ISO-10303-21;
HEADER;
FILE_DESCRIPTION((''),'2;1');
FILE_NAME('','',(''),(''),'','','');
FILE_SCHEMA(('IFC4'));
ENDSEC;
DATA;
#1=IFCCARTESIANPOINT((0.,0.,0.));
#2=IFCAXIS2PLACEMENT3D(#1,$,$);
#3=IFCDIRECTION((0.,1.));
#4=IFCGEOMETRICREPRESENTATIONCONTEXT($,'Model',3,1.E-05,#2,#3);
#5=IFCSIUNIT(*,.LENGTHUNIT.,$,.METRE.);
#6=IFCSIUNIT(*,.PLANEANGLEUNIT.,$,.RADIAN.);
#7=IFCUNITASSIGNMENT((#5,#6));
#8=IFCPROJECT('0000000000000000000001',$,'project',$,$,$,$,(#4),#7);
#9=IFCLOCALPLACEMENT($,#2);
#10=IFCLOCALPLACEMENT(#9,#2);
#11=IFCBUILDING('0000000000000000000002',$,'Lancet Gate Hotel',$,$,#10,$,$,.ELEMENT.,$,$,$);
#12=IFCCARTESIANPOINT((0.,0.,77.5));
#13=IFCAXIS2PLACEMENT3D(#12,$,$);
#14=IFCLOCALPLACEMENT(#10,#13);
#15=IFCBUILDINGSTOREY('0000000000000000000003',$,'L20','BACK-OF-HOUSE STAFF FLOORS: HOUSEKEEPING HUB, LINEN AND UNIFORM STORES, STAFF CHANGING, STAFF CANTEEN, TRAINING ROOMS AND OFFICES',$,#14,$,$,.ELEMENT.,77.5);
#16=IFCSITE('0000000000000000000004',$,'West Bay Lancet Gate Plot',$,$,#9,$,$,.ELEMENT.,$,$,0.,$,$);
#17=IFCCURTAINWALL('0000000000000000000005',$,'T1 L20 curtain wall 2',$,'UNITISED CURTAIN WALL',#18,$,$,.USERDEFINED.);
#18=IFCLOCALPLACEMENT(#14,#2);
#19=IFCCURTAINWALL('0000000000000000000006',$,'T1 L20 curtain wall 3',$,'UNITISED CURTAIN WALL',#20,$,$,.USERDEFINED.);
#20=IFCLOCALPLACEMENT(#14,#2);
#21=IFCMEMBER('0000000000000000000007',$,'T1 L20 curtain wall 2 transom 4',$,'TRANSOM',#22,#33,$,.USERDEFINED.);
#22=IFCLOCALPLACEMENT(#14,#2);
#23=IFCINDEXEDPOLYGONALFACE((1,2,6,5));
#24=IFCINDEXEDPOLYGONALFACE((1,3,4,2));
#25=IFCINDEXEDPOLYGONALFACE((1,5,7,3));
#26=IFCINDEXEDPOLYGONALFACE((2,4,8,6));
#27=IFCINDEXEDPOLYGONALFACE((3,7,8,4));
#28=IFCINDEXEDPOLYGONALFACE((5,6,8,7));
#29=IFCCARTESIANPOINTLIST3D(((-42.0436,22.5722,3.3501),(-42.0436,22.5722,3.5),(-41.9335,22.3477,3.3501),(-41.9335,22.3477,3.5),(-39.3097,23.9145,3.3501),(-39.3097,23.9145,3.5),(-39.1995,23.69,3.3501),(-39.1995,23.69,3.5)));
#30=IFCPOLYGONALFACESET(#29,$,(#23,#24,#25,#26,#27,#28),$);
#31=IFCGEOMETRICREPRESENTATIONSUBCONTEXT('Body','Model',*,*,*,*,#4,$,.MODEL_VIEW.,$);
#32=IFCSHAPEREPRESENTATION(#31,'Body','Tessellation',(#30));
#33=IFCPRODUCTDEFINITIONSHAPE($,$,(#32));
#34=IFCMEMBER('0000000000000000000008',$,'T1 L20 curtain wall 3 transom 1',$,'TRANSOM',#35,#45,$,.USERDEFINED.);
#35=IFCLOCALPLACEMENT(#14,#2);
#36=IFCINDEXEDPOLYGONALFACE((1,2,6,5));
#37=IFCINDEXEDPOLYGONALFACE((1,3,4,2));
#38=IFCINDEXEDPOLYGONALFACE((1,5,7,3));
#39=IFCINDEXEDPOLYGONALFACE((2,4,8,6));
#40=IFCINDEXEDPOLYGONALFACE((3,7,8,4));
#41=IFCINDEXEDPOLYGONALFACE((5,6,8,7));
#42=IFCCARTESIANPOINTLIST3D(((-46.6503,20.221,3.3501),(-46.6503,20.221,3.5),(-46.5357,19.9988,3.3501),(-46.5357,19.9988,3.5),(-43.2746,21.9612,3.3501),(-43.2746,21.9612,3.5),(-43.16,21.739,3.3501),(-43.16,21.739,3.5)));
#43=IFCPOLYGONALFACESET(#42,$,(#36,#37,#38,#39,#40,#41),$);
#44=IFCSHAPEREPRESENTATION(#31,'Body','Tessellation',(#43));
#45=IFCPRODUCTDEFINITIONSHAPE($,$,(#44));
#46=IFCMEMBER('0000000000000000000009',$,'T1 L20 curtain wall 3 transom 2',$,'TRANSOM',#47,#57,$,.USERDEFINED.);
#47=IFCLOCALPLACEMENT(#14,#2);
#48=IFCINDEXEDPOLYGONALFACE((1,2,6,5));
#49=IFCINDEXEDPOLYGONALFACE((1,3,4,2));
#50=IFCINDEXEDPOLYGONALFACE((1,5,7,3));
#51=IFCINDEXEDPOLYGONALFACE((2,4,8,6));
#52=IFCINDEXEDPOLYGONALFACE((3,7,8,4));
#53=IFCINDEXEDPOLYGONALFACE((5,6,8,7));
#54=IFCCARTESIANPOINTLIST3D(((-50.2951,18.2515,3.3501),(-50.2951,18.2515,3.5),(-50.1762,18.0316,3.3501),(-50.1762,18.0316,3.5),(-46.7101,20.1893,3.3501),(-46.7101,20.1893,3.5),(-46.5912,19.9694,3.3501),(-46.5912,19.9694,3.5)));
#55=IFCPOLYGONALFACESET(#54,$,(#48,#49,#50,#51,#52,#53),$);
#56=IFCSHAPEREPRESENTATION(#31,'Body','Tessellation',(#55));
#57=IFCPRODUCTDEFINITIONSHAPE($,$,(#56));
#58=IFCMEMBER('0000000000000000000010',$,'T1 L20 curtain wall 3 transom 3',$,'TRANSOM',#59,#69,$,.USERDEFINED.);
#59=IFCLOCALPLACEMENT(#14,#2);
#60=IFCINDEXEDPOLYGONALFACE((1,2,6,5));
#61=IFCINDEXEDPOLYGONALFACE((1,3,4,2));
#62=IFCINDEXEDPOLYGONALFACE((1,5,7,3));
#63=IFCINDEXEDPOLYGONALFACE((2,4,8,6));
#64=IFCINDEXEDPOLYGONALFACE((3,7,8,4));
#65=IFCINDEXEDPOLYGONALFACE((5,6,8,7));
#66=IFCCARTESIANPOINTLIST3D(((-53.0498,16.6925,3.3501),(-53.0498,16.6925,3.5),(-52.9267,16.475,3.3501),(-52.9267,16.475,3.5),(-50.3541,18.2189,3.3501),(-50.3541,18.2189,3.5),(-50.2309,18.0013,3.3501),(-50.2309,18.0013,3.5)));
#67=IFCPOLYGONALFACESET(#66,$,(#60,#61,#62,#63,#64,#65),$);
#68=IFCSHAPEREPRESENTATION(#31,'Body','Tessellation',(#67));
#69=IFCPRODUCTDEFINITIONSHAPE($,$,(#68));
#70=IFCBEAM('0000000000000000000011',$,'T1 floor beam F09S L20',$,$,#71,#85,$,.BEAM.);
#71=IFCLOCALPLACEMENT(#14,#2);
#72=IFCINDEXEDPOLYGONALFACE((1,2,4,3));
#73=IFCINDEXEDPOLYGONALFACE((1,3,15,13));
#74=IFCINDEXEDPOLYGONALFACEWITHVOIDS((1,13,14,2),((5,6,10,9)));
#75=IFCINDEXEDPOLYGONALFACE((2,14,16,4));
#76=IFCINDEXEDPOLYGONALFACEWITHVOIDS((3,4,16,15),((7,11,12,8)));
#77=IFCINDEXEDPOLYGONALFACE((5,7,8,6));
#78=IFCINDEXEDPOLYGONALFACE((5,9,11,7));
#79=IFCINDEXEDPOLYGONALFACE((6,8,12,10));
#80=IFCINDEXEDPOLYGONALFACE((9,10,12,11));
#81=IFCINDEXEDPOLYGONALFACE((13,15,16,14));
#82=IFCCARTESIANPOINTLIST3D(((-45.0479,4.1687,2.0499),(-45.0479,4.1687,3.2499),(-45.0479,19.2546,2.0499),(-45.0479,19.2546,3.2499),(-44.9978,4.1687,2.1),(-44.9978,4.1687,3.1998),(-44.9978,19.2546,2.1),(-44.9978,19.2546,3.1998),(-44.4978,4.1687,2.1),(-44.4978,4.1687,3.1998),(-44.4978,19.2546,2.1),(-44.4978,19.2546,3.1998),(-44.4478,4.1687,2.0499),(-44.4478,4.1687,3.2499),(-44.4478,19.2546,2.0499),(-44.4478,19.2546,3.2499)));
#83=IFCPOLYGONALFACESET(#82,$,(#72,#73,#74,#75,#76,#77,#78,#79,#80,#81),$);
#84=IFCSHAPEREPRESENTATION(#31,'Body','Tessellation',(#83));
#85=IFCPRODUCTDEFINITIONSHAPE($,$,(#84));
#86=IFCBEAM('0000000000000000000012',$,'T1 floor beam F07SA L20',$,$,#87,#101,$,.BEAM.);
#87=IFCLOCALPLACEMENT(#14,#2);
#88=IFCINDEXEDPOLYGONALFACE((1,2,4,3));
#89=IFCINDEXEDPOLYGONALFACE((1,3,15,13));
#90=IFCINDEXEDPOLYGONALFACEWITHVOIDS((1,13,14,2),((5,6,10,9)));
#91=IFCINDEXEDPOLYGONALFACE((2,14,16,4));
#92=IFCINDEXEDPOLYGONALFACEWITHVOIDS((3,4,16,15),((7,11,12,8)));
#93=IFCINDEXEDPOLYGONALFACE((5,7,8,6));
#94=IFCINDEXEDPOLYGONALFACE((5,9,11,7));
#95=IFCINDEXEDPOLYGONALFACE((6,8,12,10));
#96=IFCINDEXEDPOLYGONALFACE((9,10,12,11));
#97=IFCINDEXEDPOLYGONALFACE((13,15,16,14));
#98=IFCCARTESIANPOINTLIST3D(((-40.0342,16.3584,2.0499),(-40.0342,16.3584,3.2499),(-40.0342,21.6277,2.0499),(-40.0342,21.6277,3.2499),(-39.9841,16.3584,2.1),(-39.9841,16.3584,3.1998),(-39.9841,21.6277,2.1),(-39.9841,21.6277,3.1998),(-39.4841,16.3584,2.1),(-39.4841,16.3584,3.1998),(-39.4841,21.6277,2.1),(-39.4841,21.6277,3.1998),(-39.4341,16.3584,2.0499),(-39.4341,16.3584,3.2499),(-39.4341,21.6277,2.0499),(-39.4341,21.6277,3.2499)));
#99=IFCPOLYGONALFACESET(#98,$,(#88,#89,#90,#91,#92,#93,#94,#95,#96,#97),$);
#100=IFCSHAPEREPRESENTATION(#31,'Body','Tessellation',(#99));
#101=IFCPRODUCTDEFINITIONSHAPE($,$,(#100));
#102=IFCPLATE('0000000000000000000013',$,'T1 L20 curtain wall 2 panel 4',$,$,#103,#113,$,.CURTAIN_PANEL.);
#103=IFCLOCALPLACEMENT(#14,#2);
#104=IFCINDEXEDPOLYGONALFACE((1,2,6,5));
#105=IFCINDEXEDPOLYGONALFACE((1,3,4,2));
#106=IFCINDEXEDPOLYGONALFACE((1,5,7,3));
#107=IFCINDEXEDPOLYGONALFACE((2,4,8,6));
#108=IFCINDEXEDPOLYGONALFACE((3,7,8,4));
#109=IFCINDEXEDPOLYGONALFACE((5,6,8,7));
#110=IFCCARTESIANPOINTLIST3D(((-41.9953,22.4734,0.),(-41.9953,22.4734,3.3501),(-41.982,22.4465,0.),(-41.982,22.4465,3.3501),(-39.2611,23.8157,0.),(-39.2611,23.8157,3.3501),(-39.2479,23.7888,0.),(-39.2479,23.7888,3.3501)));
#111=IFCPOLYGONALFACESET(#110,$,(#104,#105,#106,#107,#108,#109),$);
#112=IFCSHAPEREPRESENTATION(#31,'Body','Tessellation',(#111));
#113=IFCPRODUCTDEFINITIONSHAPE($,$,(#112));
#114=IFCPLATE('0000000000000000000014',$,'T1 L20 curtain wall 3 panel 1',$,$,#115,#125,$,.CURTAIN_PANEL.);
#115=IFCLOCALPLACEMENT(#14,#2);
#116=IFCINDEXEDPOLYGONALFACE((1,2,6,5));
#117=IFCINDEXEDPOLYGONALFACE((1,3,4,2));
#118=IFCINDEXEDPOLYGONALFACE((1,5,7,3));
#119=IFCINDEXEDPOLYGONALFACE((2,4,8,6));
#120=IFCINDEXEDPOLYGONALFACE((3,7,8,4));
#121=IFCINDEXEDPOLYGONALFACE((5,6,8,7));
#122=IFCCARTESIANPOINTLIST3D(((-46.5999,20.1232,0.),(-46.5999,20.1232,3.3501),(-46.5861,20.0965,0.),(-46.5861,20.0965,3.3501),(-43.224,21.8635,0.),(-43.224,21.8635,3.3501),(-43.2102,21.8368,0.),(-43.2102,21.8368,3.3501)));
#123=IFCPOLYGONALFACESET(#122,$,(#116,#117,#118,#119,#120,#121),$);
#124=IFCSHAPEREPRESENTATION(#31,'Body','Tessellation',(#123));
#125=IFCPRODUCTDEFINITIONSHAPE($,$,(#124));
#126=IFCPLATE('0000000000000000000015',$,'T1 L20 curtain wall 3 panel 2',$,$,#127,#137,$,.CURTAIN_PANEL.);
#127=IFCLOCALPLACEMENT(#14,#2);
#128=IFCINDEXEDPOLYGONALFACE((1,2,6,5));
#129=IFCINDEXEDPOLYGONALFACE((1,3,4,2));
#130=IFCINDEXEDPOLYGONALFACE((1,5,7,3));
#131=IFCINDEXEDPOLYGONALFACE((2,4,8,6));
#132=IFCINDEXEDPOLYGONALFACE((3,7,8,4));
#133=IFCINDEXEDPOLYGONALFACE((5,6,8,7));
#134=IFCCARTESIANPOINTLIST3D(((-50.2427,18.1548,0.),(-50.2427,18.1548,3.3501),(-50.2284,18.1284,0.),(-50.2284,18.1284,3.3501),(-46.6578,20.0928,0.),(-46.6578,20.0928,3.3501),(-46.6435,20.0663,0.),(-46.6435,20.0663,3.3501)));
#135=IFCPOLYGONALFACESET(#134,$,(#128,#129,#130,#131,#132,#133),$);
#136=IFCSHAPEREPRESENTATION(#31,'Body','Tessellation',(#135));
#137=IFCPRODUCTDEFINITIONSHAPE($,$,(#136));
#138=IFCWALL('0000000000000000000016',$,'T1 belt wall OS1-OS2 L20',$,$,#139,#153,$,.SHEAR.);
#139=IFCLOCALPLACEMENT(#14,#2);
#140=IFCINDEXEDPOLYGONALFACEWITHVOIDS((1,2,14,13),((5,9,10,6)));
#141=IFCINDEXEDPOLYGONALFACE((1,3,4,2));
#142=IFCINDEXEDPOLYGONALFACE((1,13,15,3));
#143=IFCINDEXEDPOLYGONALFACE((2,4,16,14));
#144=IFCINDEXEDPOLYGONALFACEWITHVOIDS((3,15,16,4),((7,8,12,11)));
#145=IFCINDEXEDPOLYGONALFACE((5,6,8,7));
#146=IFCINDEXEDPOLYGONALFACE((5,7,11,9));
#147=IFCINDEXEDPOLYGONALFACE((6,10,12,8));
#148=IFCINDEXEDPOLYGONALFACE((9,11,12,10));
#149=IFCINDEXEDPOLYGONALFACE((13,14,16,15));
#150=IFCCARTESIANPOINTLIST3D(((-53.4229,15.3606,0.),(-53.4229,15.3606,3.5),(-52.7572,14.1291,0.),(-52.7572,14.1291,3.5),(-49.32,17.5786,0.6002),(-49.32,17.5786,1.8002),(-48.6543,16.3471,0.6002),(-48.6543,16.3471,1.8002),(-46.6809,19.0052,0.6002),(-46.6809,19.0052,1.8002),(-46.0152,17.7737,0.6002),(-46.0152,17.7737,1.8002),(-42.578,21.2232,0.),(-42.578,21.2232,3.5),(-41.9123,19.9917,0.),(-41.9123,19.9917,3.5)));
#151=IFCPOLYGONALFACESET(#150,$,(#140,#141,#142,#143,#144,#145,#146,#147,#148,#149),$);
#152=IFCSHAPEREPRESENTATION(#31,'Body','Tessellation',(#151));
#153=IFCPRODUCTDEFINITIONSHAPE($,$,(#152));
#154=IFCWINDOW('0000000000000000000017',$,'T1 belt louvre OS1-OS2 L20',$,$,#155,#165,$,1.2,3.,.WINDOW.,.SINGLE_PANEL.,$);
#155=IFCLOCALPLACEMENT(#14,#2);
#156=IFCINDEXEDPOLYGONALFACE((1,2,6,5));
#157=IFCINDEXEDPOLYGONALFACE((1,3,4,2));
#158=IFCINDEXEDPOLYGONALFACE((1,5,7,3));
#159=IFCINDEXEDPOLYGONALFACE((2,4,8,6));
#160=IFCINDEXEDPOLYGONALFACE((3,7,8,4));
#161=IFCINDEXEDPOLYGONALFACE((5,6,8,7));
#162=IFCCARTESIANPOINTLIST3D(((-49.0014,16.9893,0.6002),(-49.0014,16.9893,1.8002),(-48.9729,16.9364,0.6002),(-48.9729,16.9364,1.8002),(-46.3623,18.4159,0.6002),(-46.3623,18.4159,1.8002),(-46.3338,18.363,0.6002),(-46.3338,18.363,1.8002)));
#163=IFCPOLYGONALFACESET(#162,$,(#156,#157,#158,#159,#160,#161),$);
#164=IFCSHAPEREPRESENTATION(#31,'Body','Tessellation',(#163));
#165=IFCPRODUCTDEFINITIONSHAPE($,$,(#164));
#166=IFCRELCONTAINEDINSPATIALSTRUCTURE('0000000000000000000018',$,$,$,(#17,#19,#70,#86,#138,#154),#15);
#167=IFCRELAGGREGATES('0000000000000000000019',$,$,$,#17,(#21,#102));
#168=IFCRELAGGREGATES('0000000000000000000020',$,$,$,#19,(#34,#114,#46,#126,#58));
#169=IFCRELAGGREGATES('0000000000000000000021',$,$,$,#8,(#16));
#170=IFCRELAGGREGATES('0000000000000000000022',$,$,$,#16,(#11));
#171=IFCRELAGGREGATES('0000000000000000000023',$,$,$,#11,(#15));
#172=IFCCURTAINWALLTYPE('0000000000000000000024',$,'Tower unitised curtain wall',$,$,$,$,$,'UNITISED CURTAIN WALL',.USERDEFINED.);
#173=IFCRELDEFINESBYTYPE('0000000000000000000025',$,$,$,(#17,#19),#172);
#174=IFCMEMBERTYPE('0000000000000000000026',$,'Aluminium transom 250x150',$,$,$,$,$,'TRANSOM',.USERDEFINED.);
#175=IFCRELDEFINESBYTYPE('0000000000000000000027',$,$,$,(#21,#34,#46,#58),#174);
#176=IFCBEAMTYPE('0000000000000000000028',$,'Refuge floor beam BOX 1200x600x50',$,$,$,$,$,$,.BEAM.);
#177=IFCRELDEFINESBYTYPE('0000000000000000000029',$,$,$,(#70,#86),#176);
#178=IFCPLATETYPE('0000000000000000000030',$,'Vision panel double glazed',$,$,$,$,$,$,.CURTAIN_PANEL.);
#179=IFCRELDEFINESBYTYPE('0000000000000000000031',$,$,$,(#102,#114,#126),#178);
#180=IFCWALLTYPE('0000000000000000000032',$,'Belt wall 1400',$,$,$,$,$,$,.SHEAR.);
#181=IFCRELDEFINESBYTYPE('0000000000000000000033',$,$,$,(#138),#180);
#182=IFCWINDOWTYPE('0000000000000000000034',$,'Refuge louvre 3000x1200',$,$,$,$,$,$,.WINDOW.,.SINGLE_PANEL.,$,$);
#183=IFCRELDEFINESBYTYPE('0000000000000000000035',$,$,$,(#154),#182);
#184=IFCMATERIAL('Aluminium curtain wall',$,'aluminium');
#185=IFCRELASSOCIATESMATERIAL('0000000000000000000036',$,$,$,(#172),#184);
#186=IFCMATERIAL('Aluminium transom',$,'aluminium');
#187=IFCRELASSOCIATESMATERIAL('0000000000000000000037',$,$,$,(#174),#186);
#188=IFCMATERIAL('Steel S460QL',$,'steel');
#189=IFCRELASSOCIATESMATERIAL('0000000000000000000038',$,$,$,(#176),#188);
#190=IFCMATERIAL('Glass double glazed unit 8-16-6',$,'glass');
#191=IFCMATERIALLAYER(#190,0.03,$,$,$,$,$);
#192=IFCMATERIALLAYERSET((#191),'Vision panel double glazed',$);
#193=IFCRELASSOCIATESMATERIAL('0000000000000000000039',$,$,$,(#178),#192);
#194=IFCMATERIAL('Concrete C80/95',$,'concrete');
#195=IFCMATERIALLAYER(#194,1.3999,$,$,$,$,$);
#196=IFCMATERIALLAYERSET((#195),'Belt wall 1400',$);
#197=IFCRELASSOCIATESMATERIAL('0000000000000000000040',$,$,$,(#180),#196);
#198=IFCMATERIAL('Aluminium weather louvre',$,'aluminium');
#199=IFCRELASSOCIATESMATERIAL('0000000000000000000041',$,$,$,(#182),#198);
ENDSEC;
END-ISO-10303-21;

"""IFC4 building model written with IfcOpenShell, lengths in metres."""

from ifc_helpers import new_model, si_unit, direction, frame, frame_2d, origin, origin_2d, place, context, subcontext, project, spatial, rectangle, hollow_rectangle, extrude, material, layer, layer_set, material_profile, profile_set, type_object, element, fill, aggregate, save


model = new_model("IFC4")

# Units and contexts
model_context = context("Model", 3, precision=1e-05, world=origin(), true_north=direction((0.0, 1.0)))
body_context = subcontext(model_context, "Body", "Model", "MODEL_VIEW")
ifc_project = project(units=[si_unit("LENGTHUNIT", "METRE"), si_unit("PLANEANGLEUNIT", "RADIAN")], contexts=[model_context])

# Site, building, storey
site_placement = place(None, origin())
site = spatial("IfcSite", under=ifc_project, at=site_placement, Name="West Bay Lancet Gate Plot", CompositionType="ELEMENT", RefElevation=0.0)
building_placement = place(site_placement, origin())
building = spatial("IfcBuilding", under=site, at=building_placement, Name="Lancet Gate Hotel", CompositionType="ELEMENT")
storey_placement = place(building_placement, frame((0.0, 0.0, 77.5)))
storey = spatial("IfcBuildingStorey", under=building, at=storey_placement, Name="L20", Description="BACK-OF-HOUSE STAFF FLOORS: HOUSEKEEPING HUB, LINEN AND UNIFORM STORES, STAFF CHANGING, STAFF CANTEEN, TRAINING ROOMS AND OFFICES", CompositionType="ELEMENT", Elevation=77.5)

# Curtain walls
ifc_material_1 = material(Name="Aluminium curtain wall", Category="aluminium")
curtain_wall_type = type_object("IfcCurtainWallType", Name="Tower unitised curtain wall", ElementType="UNITISED CURTAIN WALL", PredefinedType="USERDEFINED", material=ifc_material_1)
curtain_wall_1_placement = place(storey_placement, origin())
curtain_wall_1 = element("IfcCurtainWall", 1, at=curtain_wall_1_placement, inside=storey, type_object=curtain_wall_type, Name="T1 L20 curtain wall 2", ObjectType="UNITISED CURTAIN WALL", PredefinedType="USERDEFINED")
curtain_wall_2_placement = place(storey_placement, origin())
curtain_wall_2 = element("IfcCurtainWall", 2, at=curtain_wall_2_placement, inside=storey, type_object=curtain_wall_type, Name="T1 L20 curtain wall 3", ObjectType="UNITISED CURTAIN WALL", PredefinedType="USERDEFINED")

# Members
ifc_material_2 = material(Name="Aluminium transom", Category="aluminium")
ifc_material_profile_1 = material_profile(ifc_material_2, rectangle(XDim=0.25, YDim=0.1499, at=origin_2d()), Name="TRANSOM 250x150")
ifc_profile_set_1 = profile_set([ifc_material_profile_1], Name="Aluminium transom")
member_type_1 = type_object("IfcMemberType", Name="Aluminium transom 250x150", ElementType="TRANSOM", PredefinedType="USERDEFINED", material=ifc_profile_set_1)
member_1_placement = place(storey_placement, frame((-39.2546, 23.8022, 3.425), z_axis=(-0.897642, -0.440725, 0.0), x_axis=(0.440725, -0.897642, 0.0)))
member_1 = element("IfcMember", 3, at=member_1_placement, type_object=member_type_1, Name="T1 L20 curtain wall 2 transom 4", ObjectType="TRANSOM", PredefinedType="USERDEFINED", context=body_context, shape_type="SweptSolid", body=[
    extrude(rectangle(XDim=0.25, YDim=0.1499, at=origin_2d()), origin(), (0.0, 0.0, 1.0), 3.0457),
])
member_2_placement = place(storey_placement, frame((-43.2173, 21.8501, 3.425), z_axis=(-0.888844, -0.458211, 0.0), x_axis=(0.458211, -0.888844, 0.0)))
member_2 = element("IfcMember", 4, at=member_2_placement, type_object=member_type_1, Name="T1 L20 curtain wall 3 transom 1", ObjectType="TRANSOM", PredefinedType="USERDEFINED", context=body_context, shape_type="SweptSolid", body=[
    extrude(rectangle(XDim=0.25, YDim=0.1499, at=origin_2d()), origin(), (0.0, 0.0, 1.0), 3.7979),
])
member_3_placement = place(storey_placement, frame((-46.6506, 20.0793, 3.425), z_axis=(-0.879714, -0.475503, 0.0), x_axis=(0.475503, -0.879714, 0.0)))
member_3 = element("IfcMember", 5, at=member_3_placement, type_object=member_type_1, Name="T1 L20 curtain wall 3 transom 2", ObjectType="TRANSOM", PredefinedType="USERDEFINED", context=body_context, shape_type="SweptSolid", body=[
    extrude(rectangle(XDim=0.25, YDim=0.1499, at=origin_2d()), origin(), (0.0, 0.0, 1.0), 4.0752),
])
member_4_placement = place(storey_placement, frame((-50.2925, 18.1101, 3.425), z_axis=(-0.870196, -0.492706, 0.0), x_axis=(0.492706, -0.870196, 0.0)))
member_4 = element("IfcMember", 6, at=member_4_placement, type_object=member_type_1, Name="T1 L20 curtain wall 3 transom 3", ObjectType="TRANSOM", PredefinedType="USERDEFINED", context=body_context, shape_type="SweptSolid", body=[
    extrude(rectangle(XDim=0.25, YDim=0.1499, at=origin_2d()), origin(), (0.0, 0.0, 1.0), 3.0979),
])

# Beams
ifc_material_3 = material(Name="Steel S460QL", Category="steel")
ifc_material_profile_2 = material_profile(ifc_material_3, hollow_rectangle(XDim=0.6001, YDim=1.2, WallThickness=0.05, at=origin_2d()), Name="BOX 1200x600x50")
ifc_profile_set_2 = profile_set([ifc_material_profile_2], Name="Steel S460QL")
beam_type = type_object("IfcBeamType", Name="Refuge floor beam BOX 1200x600x50", PredefinedType="BEAM", material=ifc_profile_set_2)
beam_1_placement = place(storey_placement, frame((-44.7478, 19.2546, 2.6499), z_axis=(0.0, -1.0, 0.0), x_axis=(1.0, 0.0, 0.0)))
element("IfcBeam", 7, at=beam_1_placement, inside=storey, type_object=beam_type, Name="T1 floor beam F09S L20", PredefinedType="BEAM", context=body_context, shape_type="SweptSolid", body=[
    extrude(hollow_rectangle(XDim=0.6001, YDim=1.2, WallThickness=0.05, at=origin_2d()), origin(), (0.0, 0.0, 1.0), 15.0859),
])
beam_2_placement = place(storey_placement, frame((-39.7341, 21.6277, 2.6499), z_axis=(0.0, -1.0, 0.0), x_axis=(1.0, 0.0, 0.0)))
element("IfcBeam", 8, at=beam_2_placement, inside=storey, type_object=beam_type, Name="T1 floor beam F07SA L20", PredefinedType="BEAM", context=body_context, shape_type="SweptSolid", body=[
    extrude(hollow_rectangle(XDim=0.6001, YDim=1.2, WallThickness=0.05, at=origin_2d()), origin(), (0.0, 0.0, 1.0), 5.2693),
])

# Plates
ifc_material_4 = material(Name="Glass double glazed unit 8-16-6", Category="glass")
ifc_layer_1 = layer(ifc_material_4, 0.03)
ifc_layer_set_1 = layer_set([ifc_layer_1], Name="Vision panel double glazed")
plate_type = type_object("IfcPlateType", Name="Vision panel double glazed", PredefinedType="CURTAIN_PANEL", material=ifc_layer_set_1)
plate_1_placement = place(storey_placement, frame((-40.6216, 23.1311, 0.0), z_axis=(0.0, 0.0, 1.0), x_axis=(-0.897653, -0.440702, 0.0)))
plate_1 = element("IfcPlate", 9, at=plate_1_placement, type_object=plate_type, Name="T1 L20 curtain wall 2 panel 4", PredefinedType="CURTAIN_PANEL", context=body_context, shape_type="SweptSolid", body=[
    extrude(rectangle(XDim=3.0459, YDim=0.03, at=origin_2d()), origin(), (0.0, 0.0, 1.0), 3.3501),
])
aggregate(curtain_wall_1, [member_1, plate_1])
plate_2_placement = place(storey_placement, frame((-44.905, 20.98, 0.0), z_axis=(0.0, 0.0, 1.0), x_axis=(-0.888844, -0.45821, 0.0)))
plate_2 = element("IfcPlate", 10, at=plate_2_placement, type_object=plate_type, Name="T1 L20 curtain wall 3 panel 1", PredefinedType="CURTAIN_PANEL", context=body_context, shape_type="SweptSolid", body=[
    extrude(rectangle(XDim=3.7981, YDim=0.03, at=origin_2d()), origin(), (0.0, 0.0, 1.0), 3.3501),
])
plate_3_placement = place(storey_placement, frame((-48.4431, 19.1106, 0.0), z_axis=(0.0, 0.0, 1.0), x_axis=(-0.879693, -0.475541, 0.0)))
plate_3 = element("IfcPlate", 11, at=plate_3_placement, type_object=plate_type, Name="T1 L20 curtain wall 3 panel 2", PredefinedType="CURTAIN_PANEL", context=body_context, shape_type="SweptSolid", body=[
    extrude(rectangle(XDim=4.0752, YDim=0.03, at=origin_2d()), origin(), (0.0, 0.0, 1.0), 3.3501),
])
aggregate(curtain_wall_2, [member_2, plate_2, member_3, plate_3, member_4])

# Wall, opening, window
ifc_material_5 = material(Name="Concrete C80/95", Category="concrete")
ifc_layer_2 = layer(ifc_material_5, 1.3999)
ifc_layer_set_2 = layer_set([ifc_layer_2], Name="Belt wall 1400")
wall_type = type_object("IfcWallType", Name="Belt wall 1400", PredefinedType="SHEAR", material=ifc_layer_set_2)
wall_placement = place(storey_placement, frame((-42.2451, 20.6074, 0.0), z_axis=(0.0, 0.0, 1.0), x_axis=(-0.879693, -0.475542, 0.0)))
wall = element("IfcWall", 12, at=wall_placement, inside=storey, type_object=wall_type, Name="T1 belt wall OS1-OS2 L20", PredefinedType="SHEAR", context=body_context, shape_type="SweptSolid", body=[
    extrude(rectangle(XDim=12.3281, YDim=1.3999, at=frame_2d((6.1641, 0.0))), origin(), (0.0, 0.0, 1.0), 3.5),
])
opening_placement = place(wall_placement, frame((4.6641, 0.0, 0.6001)))
opening = element("IfcOpeningElement", 13, at=opening_placement, cuts=wall, PredefinedType="OPENING", context=body_context, shape_type="SweptSolid", body=[
    extrude(rectangle(XDim=3.0, YDim=1.2, at=frame_2d((1.5, 0.6001))), frame((0.0, 0.71, 0.0), z_axis=(0.0, -1.0, 0.0), x_axis=(1.0, 0.0, 0.0)), (0.0, 0.0, 1.0), 1.4199),
])
ifc_material_6 = material(Name="Aluminium weather louvre", Category="aluminium")
window_type = type_object("IfcWindowType", Name="Refuge louvre 3000x1200", PartitioningType="SINGLE_PANEL", PredefinedType="WINDOW", material=ifc_material_6)
window_placement = place(opening_placement, origin())
window = element("IfcWindow", 14, at=window_placement, inside=storey, type_object=window_type, Name="T1 belt louvre OS1-OS2 L20", OverallHeight=1.2, OverallWidth=3.0, PartitioningType="SINGLE_PANEL", PredefinedType="WINDOW", context=body_context, shape_type="SweptSolid", body=[
    extrude(rectangle(XDim=3.0, YDim=1.2, at=frame_2d((1.5, 0.6001))), frame((0.0, 0.03, 0.0), z_axis=(0.0, -1.0, 0.0), x_axis=(1.0, 0.0, 0.0)), (0.0, 0.0, 1.0), 0.0601),
])
fill(opening, window)

save(model, "model.ifc")
